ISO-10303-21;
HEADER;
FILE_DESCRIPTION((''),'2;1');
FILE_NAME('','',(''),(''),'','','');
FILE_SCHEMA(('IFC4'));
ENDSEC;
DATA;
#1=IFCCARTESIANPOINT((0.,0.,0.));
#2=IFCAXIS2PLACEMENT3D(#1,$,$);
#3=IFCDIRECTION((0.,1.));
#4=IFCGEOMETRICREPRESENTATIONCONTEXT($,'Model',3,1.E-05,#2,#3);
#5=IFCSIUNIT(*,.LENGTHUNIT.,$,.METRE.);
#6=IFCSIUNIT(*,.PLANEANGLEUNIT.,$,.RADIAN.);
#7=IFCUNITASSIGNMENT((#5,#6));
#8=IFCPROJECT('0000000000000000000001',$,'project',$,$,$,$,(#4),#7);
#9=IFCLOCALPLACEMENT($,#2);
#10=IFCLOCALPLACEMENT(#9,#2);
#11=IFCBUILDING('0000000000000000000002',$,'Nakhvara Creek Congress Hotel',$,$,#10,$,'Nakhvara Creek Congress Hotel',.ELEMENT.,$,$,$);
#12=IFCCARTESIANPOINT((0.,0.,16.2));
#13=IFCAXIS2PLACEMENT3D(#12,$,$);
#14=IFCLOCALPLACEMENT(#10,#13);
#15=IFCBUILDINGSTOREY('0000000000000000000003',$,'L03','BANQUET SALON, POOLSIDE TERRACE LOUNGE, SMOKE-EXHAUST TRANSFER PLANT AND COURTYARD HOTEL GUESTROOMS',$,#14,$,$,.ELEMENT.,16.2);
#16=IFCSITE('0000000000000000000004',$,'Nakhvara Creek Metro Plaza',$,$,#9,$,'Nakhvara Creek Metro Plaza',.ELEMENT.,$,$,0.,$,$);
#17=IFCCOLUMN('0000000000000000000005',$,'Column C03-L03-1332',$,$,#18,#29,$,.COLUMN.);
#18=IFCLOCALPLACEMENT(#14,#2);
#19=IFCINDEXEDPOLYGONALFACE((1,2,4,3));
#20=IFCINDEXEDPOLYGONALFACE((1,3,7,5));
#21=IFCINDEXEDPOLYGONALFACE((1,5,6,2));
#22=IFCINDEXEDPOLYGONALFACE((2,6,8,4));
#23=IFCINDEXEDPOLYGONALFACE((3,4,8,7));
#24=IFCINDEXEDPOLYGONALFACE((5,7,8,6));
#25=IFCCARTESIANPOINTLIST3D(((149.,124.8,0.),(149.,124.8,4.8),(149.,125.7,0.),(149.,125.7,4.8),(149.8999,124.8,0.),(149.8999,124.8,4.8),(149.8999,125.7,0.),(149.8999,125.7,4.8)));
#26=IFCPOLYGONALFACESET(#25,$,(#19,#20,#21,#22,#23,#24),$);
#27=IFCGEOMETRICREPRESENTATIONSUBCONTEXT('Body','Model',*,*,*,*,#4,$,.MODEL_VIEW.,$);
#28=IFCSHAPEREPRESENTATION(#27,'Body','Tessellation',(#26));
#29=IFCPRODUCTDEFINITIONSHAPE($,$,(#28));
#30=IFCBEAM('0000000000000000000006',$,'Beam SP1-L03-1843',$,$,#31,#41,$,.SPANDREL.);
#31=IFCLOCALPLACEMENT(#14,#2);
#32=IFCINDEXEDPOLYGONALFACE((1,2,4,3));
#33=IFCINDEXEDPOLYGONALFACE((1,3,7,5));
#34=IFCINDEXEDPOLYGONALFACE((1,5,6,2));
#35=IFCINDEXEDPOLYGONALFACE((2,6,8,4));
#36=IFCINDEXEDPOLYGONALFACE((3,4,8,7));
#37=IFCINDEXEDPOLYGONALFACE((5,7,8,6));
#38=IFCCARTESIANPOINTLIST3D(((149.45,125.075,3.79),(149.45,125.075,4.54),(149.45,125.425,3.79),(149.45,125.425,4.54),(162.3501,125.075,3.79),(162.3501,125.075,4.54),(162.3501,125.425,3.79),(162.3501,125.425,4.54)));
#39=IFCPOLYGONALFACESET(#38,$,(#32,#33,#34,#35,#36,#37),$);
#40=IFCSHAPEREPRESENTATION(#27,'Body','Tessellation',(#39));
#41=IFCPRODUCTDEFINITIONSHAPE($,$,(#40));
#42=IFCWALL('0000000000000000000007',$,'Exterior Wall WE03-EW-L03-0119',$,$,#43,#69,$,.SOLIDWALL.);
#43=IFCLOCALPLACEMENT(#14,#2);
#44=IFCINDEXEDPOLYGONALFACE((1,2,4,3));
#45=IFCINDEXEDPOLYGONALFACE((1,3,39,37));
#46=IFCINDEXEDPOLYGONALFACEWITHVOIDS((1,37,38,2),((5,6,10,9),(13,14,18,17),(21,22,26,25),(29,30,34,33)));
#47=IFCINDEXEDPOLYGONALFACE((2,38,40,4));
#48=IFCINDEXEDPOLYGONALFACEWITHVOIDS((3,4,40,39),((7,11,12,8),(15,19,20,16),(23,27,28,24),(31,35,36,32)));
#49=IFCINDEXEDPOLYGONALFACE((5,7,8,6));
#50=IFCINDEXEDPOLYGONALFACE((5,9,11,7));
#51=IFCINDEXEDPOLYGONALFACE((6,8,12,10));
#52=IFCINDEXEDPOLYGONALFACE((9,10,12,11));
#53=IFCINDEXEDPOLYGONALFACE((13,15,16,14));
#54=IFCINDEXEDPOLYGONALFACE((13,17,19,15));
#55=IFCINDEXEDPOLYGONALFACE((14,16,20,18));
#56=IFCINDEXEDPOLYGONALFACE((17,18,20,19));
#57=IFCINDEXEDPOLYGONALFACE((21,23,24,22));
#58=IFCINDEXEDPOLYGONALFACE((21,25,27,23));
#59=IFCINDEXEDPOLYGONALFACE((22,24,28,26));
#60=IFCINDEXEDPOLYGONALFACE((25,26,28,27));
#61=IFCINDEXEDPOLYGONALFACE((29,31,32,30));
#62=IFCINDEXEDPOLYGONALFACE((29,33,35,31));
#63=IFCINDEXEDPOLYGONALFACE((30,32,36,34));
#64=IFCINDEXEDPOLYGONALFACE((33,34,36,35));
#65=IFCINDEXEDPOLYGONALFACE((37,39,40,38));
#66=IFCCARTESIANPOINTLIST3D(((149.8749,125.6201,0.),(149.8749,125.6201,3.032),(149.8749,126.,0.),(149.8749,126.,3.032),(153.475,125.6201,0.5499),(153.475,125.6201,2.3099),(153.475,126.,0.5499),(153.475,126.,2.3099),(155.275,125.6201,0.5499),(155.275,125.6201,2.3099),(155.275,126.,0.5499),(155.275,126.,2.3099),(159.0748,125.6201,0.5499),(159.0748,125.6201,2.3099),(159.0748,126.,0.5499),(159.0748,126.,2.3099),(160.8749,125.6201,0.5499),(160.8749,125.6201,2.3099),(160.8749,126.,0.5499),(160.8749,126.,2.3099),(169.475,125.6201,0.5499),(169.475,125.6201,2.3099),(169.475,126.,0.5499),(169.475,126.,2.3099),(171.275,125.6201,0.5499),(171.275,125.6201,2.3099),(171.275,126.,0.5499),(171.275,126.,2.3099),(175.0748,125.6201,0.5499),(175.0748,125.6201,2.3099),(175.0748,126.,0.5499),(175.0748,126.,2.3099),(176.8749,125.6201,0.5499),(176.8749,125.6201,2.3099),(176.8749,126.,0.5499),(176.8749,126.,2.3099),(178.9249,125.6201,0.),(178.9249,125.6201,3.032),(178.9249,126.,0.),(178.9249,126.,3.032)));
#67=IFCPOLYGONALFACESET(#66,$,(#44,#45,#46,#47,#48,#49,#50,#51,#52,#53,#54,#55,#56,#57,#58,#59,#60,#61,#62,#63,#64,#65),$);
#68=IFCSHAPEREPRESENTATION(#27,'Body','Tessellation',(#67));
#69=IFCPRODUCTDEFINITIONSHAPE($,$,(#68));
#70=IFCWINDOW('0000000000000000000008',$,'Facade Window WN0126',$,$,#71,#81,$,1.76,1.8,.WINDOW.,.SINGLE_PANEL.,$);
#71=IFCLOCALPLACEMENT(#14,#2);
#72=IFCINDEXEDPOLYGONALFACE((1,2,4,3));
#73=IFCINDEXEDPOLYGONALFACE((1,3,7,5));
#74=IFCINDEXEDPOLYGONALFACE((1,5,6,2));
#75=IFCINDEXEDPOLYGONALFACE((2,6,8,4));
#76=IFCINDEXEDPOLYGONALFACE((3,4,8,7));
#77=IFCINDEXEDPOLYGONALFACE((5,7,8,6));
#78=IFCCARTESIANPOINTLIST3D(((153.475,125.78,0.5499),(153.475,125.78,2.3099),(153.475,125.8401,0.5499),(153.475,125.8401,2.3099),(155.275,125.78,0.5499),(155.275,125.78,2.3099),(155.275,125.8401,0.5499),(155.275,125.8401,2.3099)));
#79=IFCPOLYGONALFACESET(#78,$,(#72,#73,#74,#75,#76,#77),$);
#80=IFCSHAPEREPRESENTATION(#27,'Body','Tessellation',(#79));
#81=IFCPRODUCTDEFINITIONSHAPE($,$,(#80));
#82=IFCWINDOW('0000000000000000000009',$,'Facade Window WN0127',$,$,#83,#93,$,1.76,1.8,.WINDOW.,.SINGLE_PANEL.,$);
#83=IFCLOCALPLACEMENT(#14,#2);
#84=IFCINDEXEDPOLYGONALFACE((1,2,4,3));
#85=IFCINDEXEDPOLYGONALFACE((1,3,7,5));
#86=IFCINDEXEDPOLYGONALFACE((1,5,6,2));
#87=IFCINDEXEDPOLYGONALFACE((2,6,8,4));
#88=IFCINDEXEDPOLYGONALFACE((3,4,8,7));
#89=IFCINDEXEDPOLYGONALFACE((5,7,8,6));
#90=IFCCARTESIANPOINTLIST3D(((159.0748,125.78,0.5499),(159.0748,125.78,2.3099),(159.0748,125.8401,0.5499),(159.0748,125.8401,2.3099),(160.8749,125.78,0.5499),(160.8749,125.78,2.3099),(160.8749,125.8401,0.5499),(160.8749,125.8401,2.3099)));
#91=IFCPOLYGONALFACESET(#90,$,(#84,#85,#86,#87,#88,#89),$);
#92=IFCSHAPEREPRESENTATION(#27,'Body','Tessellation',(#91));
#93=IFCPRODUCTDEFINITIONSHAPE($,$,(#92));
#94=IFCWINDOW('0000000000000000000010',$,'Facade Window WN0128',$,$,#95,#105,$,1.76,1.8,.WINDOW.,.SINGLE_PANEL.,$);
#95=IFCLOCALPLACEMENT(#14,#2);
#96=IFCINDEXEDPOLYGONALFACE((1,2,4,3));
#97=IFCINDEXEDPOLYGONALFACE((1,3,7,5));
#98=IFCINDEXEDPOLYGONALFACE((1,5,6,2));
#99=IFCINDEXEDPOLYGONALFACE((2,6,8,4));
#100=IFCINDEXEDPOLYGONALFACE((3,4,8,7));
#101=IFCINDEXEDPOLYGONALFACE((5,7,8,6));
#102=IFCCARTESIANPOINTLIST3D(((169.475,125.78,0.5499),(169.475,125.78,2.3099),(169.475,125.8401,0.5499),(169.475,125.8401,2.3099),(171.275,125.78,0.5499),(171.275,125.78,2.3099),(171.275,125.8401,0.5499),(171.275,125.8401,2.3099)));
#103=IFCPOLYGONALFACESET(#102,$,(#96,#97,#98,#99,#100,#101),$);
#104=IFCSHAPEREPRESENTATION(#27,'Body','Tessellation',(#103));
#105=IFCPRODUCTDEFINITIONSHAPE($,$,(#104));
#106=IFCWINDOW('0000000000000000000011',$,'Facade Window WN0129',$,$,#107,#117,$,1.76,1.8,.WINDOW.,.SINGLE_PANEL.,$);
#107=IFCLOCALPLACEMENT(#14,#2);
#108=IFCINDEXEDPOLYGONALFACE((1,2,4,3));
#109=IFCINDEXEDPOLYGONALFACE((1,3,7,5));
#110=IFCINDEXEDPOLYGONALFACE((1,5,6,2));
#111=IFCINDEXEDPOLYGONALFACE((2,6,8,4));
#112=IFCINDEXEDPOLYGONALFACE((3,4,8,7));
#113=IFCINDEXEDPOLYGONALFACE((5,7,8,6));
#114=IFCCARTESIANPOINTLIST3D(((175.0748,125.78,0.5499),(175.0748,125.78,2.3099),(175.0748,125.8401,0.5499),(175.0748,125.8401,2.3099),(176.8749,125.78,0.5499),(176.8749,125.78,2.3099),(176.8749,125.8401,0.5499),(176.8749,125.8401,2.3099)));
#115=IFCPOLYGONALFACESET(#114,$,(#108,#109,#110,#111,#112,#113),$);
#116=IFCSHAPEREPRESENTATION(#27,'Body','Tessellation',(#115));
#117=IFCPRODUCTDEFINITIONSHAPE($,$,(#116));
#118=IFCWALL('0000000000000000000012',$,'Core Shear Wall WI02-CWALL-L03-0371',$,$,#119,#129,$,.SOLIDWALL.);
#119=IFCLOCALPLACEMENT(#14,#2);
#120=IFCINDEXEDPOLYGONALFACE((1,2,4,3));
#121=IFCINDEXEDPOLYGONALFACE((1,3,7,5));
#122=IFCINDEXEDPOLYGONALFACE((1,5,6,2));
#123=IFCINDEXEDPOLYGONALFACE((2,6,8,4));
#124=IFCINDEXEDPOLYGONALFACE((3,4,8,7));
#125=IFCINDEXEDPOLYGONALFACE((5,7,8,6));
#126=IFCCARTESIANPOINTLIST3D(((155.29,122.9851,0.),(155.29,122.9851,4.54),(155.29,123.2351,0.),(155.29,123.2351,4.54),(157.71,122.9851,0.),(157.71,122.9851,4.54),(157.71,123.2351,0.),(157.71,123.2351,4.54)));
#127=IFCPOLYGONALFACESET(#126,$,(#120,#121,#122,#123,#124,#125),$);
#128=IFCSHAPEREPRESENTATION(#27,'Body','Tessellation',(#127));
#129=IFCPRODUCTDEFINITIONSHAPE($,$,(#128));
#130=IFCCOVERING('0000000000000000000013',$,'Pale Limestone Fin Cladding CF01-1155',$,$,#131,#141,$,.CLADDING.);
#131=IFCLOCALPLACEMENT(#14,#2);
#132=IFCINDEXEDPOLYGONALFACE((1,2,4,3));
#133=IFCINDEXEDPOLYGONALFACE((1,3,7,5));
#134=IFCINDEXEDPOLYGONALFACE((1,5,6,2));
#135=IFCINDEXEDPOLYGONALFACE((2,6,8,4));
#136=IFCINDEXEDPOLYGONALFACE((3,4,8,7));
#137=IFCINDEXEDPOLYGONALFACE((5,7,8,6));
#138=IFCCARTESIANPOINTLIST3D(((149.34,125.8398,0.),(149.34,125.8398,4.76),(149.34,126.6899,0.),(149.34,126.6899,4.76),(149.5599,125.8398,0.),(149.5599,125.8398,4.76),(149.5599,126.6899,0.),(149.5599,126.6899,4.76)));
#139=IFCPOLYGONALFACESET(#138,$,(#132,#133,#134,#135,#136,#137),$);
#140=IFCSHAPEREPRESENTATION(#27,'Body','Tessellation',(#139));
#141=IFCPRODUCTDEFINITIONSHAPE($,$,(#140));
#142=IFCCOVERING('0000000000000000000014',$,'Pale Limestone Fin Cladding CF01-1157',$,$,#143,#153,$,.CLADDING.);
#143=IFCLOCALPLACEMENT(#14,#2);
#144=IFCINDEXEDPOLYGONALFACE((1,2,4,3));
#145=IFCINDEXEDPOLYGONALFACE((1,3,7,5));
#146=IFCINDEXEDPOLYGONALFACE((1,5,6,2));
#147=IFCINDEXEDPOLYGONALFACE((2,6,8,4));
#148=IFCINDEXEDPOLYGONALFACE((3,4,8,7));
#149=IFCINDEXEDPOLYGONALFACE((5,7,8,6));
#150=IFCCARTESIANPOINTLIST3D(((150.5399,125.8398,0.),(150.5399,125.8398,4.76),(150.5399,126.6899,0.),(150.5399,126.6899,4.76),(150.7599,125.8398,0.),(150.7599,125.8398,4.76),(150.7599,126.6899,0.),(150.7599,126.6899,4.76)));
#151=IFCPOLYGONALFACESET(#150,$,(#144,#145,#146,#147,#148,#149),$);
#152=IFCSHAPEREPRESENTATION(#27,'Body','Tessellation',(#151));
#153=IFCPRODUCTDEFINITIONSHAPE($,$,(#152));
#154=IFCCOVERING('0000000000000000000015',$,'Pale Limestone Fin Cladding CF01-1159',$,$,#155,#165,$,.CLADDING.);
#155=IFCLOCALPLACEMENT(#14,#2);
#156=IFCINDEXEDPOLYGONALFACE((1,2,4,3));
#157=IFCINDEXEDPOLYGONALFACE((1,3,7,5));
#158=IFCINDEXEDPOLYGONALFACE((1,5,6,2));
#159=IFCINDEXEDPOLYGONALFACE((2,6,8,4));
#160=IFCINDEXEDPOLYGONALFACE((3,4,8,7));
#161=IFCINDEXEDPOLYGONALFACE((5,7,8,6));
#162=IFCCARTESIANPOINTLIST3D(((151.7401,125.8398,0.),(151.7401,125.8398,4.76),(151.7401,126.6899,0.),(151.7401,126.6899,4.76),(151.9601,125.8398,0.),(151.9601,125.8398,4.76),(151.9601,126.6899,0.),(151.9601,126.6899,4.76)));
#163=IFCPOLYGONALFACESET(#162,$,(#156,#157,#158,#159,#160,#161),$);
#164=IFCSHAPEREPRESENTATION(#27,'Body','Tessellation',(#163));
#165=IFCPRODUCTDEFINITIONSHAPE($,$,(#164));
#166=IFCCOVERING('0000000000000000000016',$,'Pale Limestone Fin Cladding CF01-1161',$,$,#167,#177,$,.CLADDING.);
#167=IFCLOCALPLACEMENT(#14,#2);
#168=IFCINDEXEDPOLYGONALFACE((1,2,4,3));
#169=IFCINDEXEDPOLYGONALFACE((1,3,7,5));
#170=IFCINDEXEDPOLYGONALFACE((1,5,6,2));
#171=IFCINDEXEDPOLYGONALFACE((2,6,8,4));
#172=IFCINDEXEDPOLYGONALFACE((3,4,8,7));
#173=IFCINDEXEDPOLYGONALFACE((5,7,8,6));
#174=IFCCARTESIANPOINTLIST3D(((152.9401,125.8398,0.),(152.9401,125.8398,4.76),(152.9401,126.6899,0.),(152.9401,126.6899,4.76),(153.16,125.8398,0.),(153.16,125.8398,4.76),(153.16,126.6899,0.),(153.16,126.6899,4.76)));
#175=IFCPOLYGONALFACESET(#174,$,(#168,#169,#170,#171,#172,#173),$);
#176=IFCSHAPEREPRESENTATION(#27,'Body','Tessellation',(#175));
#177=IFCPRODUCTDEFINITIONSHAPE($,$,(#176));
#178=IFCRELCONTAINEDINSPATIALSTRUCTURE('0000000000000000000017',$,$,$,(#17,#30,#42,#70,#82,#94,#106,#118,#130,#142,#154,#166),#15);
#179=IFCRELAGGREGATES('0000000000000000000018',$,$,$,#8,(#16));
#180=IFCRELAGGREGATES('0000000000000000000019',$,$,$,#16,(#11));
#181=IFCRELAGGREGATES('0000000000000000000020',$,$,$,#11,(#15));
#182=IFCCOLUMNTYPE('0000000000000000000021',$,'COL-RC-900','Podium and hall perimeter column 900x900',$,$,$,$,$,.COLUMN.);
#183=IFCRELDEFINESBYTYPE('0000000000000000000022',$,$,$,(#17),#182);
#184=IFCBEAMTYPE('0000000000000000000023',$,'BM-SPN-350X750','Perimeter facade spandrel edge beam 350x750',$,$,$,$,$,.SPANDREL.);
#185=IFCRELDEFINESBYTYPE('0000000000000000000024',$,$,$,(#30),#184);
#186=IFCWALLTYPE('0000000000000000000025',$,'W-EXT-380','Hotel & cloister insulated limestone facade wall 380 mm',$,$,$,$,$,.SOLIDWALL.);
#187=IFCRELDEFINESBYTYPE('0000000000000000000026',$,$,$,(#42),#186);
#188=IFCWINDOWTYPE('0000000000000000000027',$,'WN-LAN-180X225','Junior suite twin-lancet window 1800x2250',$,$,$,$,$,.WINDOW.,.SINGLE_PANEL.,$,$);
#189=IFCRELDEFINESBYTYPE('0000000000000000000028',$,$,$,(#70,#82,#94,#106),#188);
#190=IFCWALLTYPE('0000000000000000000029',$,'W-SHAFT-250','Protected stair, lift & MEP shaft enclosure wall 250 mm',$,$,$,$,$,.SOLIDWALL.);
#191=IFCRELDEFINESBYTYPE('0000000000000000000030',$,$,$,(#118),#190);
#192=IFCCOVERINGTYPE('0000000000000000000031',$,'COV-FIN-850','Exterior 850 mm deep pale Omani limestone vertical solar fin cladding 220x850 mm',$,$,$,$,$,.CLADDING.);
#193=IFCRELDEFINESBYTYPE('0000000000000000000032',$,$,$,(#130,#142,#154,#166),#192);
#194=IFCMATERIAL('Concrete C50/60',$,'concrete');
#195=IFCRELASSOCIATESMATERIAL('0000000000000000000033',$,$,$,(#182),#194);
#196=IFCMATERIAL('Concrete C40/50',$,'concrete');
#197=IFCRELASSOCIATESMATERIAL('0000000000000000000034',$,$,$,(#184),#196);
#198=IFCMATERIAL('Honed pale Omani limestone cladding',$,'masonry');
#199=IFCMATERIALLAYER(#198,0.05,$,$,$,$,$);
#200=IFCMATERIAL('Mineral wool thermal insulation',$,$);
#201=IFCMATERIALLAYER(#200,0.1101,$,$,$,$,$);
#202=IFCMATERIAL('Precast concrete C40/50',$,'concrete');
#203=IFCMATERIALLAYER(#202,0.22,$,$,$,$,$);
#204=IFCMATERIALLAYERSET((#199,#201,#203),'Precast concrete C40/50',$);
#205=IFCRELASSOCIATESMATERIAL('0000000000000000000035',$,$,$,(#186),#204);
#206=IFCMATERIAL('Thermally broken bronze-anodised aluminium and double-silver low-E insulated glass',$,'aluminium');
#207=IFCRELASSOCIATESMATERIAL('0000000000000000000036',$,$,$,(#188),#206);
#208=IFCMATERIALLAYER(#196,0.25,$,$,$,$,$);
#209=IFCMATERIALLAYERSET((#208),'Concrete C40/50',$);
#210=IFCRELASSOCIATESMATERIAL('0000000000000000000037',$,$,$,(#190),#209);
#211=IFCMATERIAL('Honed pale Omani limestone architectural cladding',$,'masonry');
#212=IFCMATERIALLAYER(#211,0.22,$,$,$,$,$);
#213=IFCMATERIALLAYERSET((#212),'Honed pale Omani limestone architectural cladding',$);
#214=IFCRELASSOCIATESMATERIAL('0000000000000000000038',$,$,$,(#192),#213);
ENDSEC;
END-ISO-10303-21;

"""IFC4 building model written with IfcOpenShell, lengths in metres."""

from ifc_helpers import new_model, si_unit, direction, frame, frame_2d, origin, origin_2d, place, context, subcontext, project, spatial, rectangle, extrude, material, layer, layer_set, material_profile, profile_set, type_object, element, fill, save


model = new_model("IFC4")

# Units and contexts
model_context = context("Model", 3, precision=1e-05, world=origin(), true_north=direction((0.0, 1.0)))
body_context = subcontext(model_context, "Body", "Model", "MODEL_VIEW")
ifc_project = project(units=[si_unit("LENGTHUNIT", "METRE"), si_unit("PLANEANGLEUNIT", "RADIAN")], contexts=[model_context])

# Site, building, storey
site_placement = place(None, origin())
site = spatial("IfcSite", under=ifc_project, at=site_placement, Name="Nakhvara Creek Metro Plaza", LongName="Nakhvara Creek Metro Plaza", CompositionType="ELEMENT", RefElevation=0.0)
building_placement = place(site_placement, origin())
building = spatial("IfcBuilding", under=site, at=building_placement, Name="Nakhvara Creek Congress Hotel", LongName="Nakhvara Creek Congress Hotel", CompositionType="ELEMENT")
storey_placement = place(building_placement, frame((0.0, 0.0, 16.2)))
storey = spatial("IfcBuildingStorey", under=building, at=storey_placement, Name="L03", Description="BANQUET SALON, POOLSIDE TERRACE LOUNGE, SMOKE-EXHAUST TRANSFER PLANT AND COURTYARD HOTEL GUESTROOMS", CompositionType="ELEMENT", Elevation=16.2)

# Column
ifc_material_1 = material(Name="Concrete C50/60", Category="concrete")
ifc_material_profile_1 = material_profile(ifc_material_1, rectangle(XDim=0.8999, YDim=0.8999, at=origin_2d()), Name="RC-COL 900x900", Category="LoadBearing")
ifc_profile_set_1 = profile_set([ifc_material_profile_1], Name="Concrete C50/60")
column_type = type_object("IfcColumnType", Name="COL-RC-900", Description="Podium and hall perimeter column 900x900", PredefinedType="COLUMN", material=ifc_profile_set_1)
column_placement = place(storey_placement, frame((149.45, 125.25, 0.0), z_axis=(0.0, 0.0, 1.0), x_axis=(1.0, 0.0, 0.0)))
element("IfcColumn", 1, at=column_placement, inside=storey, type_object=column_type, Name="Column C03-L03-1332", PredefinedType="COLUMN", context=body_context, shape_type="SweptSolid", body=[
    extrude(rectangle(XDim=0.8999, YDim=0.8999, at=origin_2d()), origin(), (0.0, 0.0, 1.0), 4.8),
])

# Beam
ifc_material_2 = material(Name="Concrete C40/50", Category="concrete")
ifc_material_profile_2 = material_profile(ifc_material_2, rectangle(XDim=0.3501, YDim=0.75, at=origin_2d()), Name="RC-SPANDREL 350x750", Category="LoadBearing")
ifc_profile_set_2 = profile_set([ifc_material_profile_2], Name="Concrete C40/50")
beam_type = type_object("IfcBeamType", Name="BM-SPN-350X750", Description="Perimeter facade spandrel edge beam 350x750", PredefinedType="SPANDREL", material=ifc_profile_set_2)
beam_placement = place(storey_placement, frame((149.45, 125.25, 4.165), z_axis=(1.0, 0.0, 0.0), x_axis=(0.0, 1.0, 0.0)))
element("IfcBeam", 2, at=beam_placement, inside=storey, type_object=beam_type, Name="Beam SP1-L03-1843", PredefinedType="SPANDREL", context=body_context, shape_type="SweptSolid", body=[
    extrude(rectangle(XDim=0.3501, YDim=0.75, at=origin_2d()), origin(), (0.0, 0.0, 1.0), 12.9001),
])

# Wall, openings, windows
ifc_material_3 = material(Name="Honed pale Omani limestone cladding", Category="masonry")
ifc_layer_1 = layer(ifc_material_3, 0.05)
ifc_material_4 = material(Name="Mineral wool thermal insulation")
ifc_layer_2 = layer(ifc_material_4, 0.1101)
ifc_material_5 = material(Name="Precast concrete C40/50", Category="concrete")
ifc_layer_3 = layer(ifc_material_5, 0.22)
ifc_layer_set_1 = layer_set([ifc_layer_1, ifc_layer_2, ifc_layer_3], Name="Precast concrete C40/50")
wall_type_1 = type_object("IfcWallType", Name="W-EXT-380", Description="Hotel & cloister insulated limestone facade wall 380 mm", PredefinedType="SOLIDWALL", material=ifc_layer_set_1)
wall_1_placement = place(storey_placement, frame((149.875, 125.8101, 0.0), z_axis=(0.0, 0.0, 1.0), x_axis=(1.0, 0.0, 0.0)))
wall_1 = element("IfcWall", 3, at=wall_1_placement, inside=storey, type_object=wall_type_1, Name="Exterior Wall WE03-EW-L03-0119", PredefinedType="SOLIDWALL", context=body_context, shape_type="SweptSolid", body=[
    extrude(rectangle(XDim=29.05, YDim=0.3799, at=frame_2d((14.5249, 0.0))), origin(), (0.0, 0.0, 1.0), 3.032),
])
opening_1_placement = place(wall_1_placement, frame((3.6001, 0.0, 0.55)))
opening_1 = element("IfcOpeningElement", 4, at=opening_1_placement, cuts=wall_1, PredefinedType="OPENING", context=body_context, shape_type="SweptSolid", body=[
    extrude(rectangle(XDim=1.8, YDim=1.76, at=frame_2d((0.8999, 0.8799))), frame((0.0, 0.2019, 0.0), z_axis=(0.0, -1.0, 0.0), x_axis=(1.0, 0.0, 0.0)), (0.0, 0.0, 1.0), 0.4038),
])
opening_2_placement = place(wall_1_placement, frame((9.2, 0.0, 0.55)))
opening_2 = element("IfcOpeningElement", 5, at=opening_2_placement, cuts=wall_1, PredefinedType="OPENING", context=body_context, shape_type="SweptSolid", body=[
    extrude(rectangle(XDim=1.8, YDim=1.76, at=frame_2d((0.8999, 0.8799))), frame((0.0, 0.2019, 0.0), z_axis=(0.0, -1.0, 0.0), x_axis=(1.0, 0.0, 0.0)), (0.0, 0.0, 1.0), 0.4038),
])
opening_3_placement = place(wall_1_placement, frame((19.6001, 0.0, 0.55)))
opening_3 = element("IfcOpeningElement", 6, at=opening_3_placement, cuts=wall_1, PredefinedType="OPENING", context=body_context, shape_type="SweptSolid", body=[
    extrude(rectangle(XDim=1.8, YDim=1.76, at=frame_2d((0.8999, 0.8799))), frame((0.0, 0.2019, 0.0), z_axis=(0.0, -1.0, 0.0), x_axis=(1.0, 0.0, 0.0)), (0.0, 0.0, 1.0), 0.4038),
])
opening_4_placement = place(wall_1_placement, frame((25.2, 0.0, 0.55)))
opening_4 = element("IfcOpeningElement", 7, at=opening_4_placement, cuts=wall_1, PredefinedType="OPENING", context=body_context, shape_type="SweptSolid", body=[
    extrude(rectangle(XDim=1.8, YDim=1.76, at=frame_2d((0.8999, 0.8799))), frame((0.0, 0.2019, 0.0), z_axis=(0.0, -1.0, 0.0), x_axis=(1.0, 0.0, 0.0)), (0.0, 0.0, 1.0), 0.4038),
])
ifc_material_6 = material(Name="Thermally broken bronze-anodised aluminium and double-silver low-E insulated glass", Category="aluminium")
window_type = type_object("IfcWindowType", Name="WN-LAN-180X225", Description="Junior suite twin-lancet window 1800x2250", PartitioningType="SINGLE_PANEL", PredefinedType="WINDOW", material=ifc_material_6)
window_1_placement = place(opening_1_placement, origin())
window_1 = element("IfcWindow", 8, at=window_1_placement, inside=storey, type_object=window_type, Name="Facade Window WN0126", OverallHeight=1.76, OverallWidth=1.8, PartitioningType="SINGLE_PANEL", PredefinedType="WINDOW", context=body_context, shape_type="SweptSolid", body=[
    extrude(rectangle(XDim=1.8, YDim=1.76, at=frame_2d((0.8999, 0.8799))), frame((0.0, 0.03, 0.0), z_axis=(0.0, -1.0, 0.0), x_axis=(1.0, 0.0, 0.0)), (0.0, 0.0, 1.0), 0.0601),
])
fill(opening_1, window_1)
window_2_placement = place(opening_2_placement, origin())
window_2 = element("IfcWindow", 9, at=window_2_placement, inside=storey, type_object=window_type, Name="Facade Window WN0127", OverallHeight=1.76, OverallWidth=1.8, PartitioningType="SINGLE_PANEL", PredefinedType="WINDOW", context=body_context, shape_type="SweptSolid", body=[
    extrude(rectangle(XDim=1.8, YDim=1.76, at=frame_2d((0.8999, 0.8799))), frame((0.0, 0.03, 0.0), z_axis=(0.0, -1.0, 0.0), x_axis=(1.0, 0.0, 0.0)), (0.0, 0.0, 1.0), 0.0601),
])
fill(opening_2, window_2)
window_3_placement = place(opening_3_placement, origin())
window_3 = element("IfcWindow", 10, at=window_3_placement, inside=storey, type_object=window_type, Name="Facade Window WN0128", OverallHeight=1.76, OverallWidth=1.8, PartitioningType="SINGLE_PANEL", PredefinedType="WINDOW", context=body_context, shape_type="SweptSolid", body=[
    extrude(rectangle(XDim=1.8, YDim=1.76, at=frame_2d((0.8999, 0.8799))), frame((0.0, 0.03, 0.0), z_axis=(0.0, -1.0, 0.0), x_axis=(1.0, 0.0, 0.0)), (0.0, 0.0, 1.0), 0.0601),
])
fill(opening_3, window_3)
window_4_placement = place(opening_4_placement, origin())
window_4 = element("IfcWindow", 11, at=window_4_placement, inside=storey, type_object=window_type, Name="Facade Window WN0129", OverallHeight=1.76, OverallWidth=1.8, PartitioningType="SINGLE_PANEL", PredefinedType="WINDOW", context=body_context, shape_type="SweptSolid", body=[
    extrude(rectangle(XDim=1.8, YDim=1.76, at=frame_2d((0.8999, 0.8799))), frame((0.0, 0.03, 0.0), z_axis=(0.0, -1.0, 0.0), x_axis=(1.0, 0.0, 0.0)), (0.0, 0.0, 1.0), 0.0601),
])
fill(opening_4, window_4)

# Wall
ifc_layer_4 = layer(ifc_material_2, 0.25)
ifc_layer_set_2 = layer_set([ifc_layer_4], Name="Concrete C40/50")
wall_type_2 = type_object("IfcWallType", Name="W-SHAFT-250", Description="Protected stair, lift & MEP shaft enclosure wall 250 mm", PredefinedType="SOLIDWALL", material=ifc_layer_set_2)
wall_2_placement = place(storey_placement, frame((155.29, 123.1101, 0.0), z_axis=(0.0, 0.0, 1.0), x_axis=(1.0, 0.0, 0.0)))
element("IfcWall", 12, at=wall_2_placement, inside=storey, type_object=wall_type_2, Name="Core Shear Wall WI02-CWALL-L03-0371", PredefinedType="SOLIDWALL", context=body_context, shape_type="SweptSolid", body=[
    extrude(rectangle(XDim=2.4199, YDim=0.25, at=frame_2d((1.21, 0.0))), origin(), (0.0, 0.0, 1.0), 4.54),
])

# Coverings
ifc_material_7 = material(Name="Honed pale Omani limestone architectural cladding", Category="masonry")
ifc_layer_5 = layer(ifc_material_7, 0.22)
ifc_layer_set_3 = layer_set([ifc_layer_5], Name="Honed pale Omani limestone architectural cladding")
covering_type = type_object("IfcCoveringType", Name="COV-FIN-850", Description="Exterior 850 mm deep pale Omani limestone vertical solar fin cladding 220x850 mm", PredefinedType="CLADDING", material=ifc_layer_set_3)
for number, where, z_axis, x_axis, name in (
    (13, (149.45, 126.2649, 0.0), (0.0, 0.0, 1.0), (1.0, 0.0, 0.0), "Pale Limestone Fin Cladding CF01-1155"),
    (14, (150.6499, 126.2649, 0.0), (0.0, 0.0, 1.0), (1.0, 0.0, 0.0), "Pale Limestone Fin Cladding CF01-1157"),
    (15, (151.8501, 126.2649, 0.0), (0.0, 0.0, 1.0), (1.0, 0.0, 0.0), "Pale Limestone Fin Cladding CF01-1159"),
    (16, (153.05, 126.2649, 0.0), (0.0, 0.0, 1.0), (1.0, 0.0, 0.0), "Pale Limestone Fin Cladding CF01-1161"),
):
    element("IfcCovering", number, at=place(storey_placement, frame(where, z_axis=z_axis, x_axis=x_axis)), inside=storey, type_object=covering_type, Name=name, PredefinedType="CLADDING", context=body_context, shape_type="SweptSolid", body=[
        extrude(rectangle(XDim=0.22, YDim=0.8501, at=origin_2d()), origin(), (0.0, 0.0, 1.0), 4.76),
    ])

save(model, "model.ifc")
